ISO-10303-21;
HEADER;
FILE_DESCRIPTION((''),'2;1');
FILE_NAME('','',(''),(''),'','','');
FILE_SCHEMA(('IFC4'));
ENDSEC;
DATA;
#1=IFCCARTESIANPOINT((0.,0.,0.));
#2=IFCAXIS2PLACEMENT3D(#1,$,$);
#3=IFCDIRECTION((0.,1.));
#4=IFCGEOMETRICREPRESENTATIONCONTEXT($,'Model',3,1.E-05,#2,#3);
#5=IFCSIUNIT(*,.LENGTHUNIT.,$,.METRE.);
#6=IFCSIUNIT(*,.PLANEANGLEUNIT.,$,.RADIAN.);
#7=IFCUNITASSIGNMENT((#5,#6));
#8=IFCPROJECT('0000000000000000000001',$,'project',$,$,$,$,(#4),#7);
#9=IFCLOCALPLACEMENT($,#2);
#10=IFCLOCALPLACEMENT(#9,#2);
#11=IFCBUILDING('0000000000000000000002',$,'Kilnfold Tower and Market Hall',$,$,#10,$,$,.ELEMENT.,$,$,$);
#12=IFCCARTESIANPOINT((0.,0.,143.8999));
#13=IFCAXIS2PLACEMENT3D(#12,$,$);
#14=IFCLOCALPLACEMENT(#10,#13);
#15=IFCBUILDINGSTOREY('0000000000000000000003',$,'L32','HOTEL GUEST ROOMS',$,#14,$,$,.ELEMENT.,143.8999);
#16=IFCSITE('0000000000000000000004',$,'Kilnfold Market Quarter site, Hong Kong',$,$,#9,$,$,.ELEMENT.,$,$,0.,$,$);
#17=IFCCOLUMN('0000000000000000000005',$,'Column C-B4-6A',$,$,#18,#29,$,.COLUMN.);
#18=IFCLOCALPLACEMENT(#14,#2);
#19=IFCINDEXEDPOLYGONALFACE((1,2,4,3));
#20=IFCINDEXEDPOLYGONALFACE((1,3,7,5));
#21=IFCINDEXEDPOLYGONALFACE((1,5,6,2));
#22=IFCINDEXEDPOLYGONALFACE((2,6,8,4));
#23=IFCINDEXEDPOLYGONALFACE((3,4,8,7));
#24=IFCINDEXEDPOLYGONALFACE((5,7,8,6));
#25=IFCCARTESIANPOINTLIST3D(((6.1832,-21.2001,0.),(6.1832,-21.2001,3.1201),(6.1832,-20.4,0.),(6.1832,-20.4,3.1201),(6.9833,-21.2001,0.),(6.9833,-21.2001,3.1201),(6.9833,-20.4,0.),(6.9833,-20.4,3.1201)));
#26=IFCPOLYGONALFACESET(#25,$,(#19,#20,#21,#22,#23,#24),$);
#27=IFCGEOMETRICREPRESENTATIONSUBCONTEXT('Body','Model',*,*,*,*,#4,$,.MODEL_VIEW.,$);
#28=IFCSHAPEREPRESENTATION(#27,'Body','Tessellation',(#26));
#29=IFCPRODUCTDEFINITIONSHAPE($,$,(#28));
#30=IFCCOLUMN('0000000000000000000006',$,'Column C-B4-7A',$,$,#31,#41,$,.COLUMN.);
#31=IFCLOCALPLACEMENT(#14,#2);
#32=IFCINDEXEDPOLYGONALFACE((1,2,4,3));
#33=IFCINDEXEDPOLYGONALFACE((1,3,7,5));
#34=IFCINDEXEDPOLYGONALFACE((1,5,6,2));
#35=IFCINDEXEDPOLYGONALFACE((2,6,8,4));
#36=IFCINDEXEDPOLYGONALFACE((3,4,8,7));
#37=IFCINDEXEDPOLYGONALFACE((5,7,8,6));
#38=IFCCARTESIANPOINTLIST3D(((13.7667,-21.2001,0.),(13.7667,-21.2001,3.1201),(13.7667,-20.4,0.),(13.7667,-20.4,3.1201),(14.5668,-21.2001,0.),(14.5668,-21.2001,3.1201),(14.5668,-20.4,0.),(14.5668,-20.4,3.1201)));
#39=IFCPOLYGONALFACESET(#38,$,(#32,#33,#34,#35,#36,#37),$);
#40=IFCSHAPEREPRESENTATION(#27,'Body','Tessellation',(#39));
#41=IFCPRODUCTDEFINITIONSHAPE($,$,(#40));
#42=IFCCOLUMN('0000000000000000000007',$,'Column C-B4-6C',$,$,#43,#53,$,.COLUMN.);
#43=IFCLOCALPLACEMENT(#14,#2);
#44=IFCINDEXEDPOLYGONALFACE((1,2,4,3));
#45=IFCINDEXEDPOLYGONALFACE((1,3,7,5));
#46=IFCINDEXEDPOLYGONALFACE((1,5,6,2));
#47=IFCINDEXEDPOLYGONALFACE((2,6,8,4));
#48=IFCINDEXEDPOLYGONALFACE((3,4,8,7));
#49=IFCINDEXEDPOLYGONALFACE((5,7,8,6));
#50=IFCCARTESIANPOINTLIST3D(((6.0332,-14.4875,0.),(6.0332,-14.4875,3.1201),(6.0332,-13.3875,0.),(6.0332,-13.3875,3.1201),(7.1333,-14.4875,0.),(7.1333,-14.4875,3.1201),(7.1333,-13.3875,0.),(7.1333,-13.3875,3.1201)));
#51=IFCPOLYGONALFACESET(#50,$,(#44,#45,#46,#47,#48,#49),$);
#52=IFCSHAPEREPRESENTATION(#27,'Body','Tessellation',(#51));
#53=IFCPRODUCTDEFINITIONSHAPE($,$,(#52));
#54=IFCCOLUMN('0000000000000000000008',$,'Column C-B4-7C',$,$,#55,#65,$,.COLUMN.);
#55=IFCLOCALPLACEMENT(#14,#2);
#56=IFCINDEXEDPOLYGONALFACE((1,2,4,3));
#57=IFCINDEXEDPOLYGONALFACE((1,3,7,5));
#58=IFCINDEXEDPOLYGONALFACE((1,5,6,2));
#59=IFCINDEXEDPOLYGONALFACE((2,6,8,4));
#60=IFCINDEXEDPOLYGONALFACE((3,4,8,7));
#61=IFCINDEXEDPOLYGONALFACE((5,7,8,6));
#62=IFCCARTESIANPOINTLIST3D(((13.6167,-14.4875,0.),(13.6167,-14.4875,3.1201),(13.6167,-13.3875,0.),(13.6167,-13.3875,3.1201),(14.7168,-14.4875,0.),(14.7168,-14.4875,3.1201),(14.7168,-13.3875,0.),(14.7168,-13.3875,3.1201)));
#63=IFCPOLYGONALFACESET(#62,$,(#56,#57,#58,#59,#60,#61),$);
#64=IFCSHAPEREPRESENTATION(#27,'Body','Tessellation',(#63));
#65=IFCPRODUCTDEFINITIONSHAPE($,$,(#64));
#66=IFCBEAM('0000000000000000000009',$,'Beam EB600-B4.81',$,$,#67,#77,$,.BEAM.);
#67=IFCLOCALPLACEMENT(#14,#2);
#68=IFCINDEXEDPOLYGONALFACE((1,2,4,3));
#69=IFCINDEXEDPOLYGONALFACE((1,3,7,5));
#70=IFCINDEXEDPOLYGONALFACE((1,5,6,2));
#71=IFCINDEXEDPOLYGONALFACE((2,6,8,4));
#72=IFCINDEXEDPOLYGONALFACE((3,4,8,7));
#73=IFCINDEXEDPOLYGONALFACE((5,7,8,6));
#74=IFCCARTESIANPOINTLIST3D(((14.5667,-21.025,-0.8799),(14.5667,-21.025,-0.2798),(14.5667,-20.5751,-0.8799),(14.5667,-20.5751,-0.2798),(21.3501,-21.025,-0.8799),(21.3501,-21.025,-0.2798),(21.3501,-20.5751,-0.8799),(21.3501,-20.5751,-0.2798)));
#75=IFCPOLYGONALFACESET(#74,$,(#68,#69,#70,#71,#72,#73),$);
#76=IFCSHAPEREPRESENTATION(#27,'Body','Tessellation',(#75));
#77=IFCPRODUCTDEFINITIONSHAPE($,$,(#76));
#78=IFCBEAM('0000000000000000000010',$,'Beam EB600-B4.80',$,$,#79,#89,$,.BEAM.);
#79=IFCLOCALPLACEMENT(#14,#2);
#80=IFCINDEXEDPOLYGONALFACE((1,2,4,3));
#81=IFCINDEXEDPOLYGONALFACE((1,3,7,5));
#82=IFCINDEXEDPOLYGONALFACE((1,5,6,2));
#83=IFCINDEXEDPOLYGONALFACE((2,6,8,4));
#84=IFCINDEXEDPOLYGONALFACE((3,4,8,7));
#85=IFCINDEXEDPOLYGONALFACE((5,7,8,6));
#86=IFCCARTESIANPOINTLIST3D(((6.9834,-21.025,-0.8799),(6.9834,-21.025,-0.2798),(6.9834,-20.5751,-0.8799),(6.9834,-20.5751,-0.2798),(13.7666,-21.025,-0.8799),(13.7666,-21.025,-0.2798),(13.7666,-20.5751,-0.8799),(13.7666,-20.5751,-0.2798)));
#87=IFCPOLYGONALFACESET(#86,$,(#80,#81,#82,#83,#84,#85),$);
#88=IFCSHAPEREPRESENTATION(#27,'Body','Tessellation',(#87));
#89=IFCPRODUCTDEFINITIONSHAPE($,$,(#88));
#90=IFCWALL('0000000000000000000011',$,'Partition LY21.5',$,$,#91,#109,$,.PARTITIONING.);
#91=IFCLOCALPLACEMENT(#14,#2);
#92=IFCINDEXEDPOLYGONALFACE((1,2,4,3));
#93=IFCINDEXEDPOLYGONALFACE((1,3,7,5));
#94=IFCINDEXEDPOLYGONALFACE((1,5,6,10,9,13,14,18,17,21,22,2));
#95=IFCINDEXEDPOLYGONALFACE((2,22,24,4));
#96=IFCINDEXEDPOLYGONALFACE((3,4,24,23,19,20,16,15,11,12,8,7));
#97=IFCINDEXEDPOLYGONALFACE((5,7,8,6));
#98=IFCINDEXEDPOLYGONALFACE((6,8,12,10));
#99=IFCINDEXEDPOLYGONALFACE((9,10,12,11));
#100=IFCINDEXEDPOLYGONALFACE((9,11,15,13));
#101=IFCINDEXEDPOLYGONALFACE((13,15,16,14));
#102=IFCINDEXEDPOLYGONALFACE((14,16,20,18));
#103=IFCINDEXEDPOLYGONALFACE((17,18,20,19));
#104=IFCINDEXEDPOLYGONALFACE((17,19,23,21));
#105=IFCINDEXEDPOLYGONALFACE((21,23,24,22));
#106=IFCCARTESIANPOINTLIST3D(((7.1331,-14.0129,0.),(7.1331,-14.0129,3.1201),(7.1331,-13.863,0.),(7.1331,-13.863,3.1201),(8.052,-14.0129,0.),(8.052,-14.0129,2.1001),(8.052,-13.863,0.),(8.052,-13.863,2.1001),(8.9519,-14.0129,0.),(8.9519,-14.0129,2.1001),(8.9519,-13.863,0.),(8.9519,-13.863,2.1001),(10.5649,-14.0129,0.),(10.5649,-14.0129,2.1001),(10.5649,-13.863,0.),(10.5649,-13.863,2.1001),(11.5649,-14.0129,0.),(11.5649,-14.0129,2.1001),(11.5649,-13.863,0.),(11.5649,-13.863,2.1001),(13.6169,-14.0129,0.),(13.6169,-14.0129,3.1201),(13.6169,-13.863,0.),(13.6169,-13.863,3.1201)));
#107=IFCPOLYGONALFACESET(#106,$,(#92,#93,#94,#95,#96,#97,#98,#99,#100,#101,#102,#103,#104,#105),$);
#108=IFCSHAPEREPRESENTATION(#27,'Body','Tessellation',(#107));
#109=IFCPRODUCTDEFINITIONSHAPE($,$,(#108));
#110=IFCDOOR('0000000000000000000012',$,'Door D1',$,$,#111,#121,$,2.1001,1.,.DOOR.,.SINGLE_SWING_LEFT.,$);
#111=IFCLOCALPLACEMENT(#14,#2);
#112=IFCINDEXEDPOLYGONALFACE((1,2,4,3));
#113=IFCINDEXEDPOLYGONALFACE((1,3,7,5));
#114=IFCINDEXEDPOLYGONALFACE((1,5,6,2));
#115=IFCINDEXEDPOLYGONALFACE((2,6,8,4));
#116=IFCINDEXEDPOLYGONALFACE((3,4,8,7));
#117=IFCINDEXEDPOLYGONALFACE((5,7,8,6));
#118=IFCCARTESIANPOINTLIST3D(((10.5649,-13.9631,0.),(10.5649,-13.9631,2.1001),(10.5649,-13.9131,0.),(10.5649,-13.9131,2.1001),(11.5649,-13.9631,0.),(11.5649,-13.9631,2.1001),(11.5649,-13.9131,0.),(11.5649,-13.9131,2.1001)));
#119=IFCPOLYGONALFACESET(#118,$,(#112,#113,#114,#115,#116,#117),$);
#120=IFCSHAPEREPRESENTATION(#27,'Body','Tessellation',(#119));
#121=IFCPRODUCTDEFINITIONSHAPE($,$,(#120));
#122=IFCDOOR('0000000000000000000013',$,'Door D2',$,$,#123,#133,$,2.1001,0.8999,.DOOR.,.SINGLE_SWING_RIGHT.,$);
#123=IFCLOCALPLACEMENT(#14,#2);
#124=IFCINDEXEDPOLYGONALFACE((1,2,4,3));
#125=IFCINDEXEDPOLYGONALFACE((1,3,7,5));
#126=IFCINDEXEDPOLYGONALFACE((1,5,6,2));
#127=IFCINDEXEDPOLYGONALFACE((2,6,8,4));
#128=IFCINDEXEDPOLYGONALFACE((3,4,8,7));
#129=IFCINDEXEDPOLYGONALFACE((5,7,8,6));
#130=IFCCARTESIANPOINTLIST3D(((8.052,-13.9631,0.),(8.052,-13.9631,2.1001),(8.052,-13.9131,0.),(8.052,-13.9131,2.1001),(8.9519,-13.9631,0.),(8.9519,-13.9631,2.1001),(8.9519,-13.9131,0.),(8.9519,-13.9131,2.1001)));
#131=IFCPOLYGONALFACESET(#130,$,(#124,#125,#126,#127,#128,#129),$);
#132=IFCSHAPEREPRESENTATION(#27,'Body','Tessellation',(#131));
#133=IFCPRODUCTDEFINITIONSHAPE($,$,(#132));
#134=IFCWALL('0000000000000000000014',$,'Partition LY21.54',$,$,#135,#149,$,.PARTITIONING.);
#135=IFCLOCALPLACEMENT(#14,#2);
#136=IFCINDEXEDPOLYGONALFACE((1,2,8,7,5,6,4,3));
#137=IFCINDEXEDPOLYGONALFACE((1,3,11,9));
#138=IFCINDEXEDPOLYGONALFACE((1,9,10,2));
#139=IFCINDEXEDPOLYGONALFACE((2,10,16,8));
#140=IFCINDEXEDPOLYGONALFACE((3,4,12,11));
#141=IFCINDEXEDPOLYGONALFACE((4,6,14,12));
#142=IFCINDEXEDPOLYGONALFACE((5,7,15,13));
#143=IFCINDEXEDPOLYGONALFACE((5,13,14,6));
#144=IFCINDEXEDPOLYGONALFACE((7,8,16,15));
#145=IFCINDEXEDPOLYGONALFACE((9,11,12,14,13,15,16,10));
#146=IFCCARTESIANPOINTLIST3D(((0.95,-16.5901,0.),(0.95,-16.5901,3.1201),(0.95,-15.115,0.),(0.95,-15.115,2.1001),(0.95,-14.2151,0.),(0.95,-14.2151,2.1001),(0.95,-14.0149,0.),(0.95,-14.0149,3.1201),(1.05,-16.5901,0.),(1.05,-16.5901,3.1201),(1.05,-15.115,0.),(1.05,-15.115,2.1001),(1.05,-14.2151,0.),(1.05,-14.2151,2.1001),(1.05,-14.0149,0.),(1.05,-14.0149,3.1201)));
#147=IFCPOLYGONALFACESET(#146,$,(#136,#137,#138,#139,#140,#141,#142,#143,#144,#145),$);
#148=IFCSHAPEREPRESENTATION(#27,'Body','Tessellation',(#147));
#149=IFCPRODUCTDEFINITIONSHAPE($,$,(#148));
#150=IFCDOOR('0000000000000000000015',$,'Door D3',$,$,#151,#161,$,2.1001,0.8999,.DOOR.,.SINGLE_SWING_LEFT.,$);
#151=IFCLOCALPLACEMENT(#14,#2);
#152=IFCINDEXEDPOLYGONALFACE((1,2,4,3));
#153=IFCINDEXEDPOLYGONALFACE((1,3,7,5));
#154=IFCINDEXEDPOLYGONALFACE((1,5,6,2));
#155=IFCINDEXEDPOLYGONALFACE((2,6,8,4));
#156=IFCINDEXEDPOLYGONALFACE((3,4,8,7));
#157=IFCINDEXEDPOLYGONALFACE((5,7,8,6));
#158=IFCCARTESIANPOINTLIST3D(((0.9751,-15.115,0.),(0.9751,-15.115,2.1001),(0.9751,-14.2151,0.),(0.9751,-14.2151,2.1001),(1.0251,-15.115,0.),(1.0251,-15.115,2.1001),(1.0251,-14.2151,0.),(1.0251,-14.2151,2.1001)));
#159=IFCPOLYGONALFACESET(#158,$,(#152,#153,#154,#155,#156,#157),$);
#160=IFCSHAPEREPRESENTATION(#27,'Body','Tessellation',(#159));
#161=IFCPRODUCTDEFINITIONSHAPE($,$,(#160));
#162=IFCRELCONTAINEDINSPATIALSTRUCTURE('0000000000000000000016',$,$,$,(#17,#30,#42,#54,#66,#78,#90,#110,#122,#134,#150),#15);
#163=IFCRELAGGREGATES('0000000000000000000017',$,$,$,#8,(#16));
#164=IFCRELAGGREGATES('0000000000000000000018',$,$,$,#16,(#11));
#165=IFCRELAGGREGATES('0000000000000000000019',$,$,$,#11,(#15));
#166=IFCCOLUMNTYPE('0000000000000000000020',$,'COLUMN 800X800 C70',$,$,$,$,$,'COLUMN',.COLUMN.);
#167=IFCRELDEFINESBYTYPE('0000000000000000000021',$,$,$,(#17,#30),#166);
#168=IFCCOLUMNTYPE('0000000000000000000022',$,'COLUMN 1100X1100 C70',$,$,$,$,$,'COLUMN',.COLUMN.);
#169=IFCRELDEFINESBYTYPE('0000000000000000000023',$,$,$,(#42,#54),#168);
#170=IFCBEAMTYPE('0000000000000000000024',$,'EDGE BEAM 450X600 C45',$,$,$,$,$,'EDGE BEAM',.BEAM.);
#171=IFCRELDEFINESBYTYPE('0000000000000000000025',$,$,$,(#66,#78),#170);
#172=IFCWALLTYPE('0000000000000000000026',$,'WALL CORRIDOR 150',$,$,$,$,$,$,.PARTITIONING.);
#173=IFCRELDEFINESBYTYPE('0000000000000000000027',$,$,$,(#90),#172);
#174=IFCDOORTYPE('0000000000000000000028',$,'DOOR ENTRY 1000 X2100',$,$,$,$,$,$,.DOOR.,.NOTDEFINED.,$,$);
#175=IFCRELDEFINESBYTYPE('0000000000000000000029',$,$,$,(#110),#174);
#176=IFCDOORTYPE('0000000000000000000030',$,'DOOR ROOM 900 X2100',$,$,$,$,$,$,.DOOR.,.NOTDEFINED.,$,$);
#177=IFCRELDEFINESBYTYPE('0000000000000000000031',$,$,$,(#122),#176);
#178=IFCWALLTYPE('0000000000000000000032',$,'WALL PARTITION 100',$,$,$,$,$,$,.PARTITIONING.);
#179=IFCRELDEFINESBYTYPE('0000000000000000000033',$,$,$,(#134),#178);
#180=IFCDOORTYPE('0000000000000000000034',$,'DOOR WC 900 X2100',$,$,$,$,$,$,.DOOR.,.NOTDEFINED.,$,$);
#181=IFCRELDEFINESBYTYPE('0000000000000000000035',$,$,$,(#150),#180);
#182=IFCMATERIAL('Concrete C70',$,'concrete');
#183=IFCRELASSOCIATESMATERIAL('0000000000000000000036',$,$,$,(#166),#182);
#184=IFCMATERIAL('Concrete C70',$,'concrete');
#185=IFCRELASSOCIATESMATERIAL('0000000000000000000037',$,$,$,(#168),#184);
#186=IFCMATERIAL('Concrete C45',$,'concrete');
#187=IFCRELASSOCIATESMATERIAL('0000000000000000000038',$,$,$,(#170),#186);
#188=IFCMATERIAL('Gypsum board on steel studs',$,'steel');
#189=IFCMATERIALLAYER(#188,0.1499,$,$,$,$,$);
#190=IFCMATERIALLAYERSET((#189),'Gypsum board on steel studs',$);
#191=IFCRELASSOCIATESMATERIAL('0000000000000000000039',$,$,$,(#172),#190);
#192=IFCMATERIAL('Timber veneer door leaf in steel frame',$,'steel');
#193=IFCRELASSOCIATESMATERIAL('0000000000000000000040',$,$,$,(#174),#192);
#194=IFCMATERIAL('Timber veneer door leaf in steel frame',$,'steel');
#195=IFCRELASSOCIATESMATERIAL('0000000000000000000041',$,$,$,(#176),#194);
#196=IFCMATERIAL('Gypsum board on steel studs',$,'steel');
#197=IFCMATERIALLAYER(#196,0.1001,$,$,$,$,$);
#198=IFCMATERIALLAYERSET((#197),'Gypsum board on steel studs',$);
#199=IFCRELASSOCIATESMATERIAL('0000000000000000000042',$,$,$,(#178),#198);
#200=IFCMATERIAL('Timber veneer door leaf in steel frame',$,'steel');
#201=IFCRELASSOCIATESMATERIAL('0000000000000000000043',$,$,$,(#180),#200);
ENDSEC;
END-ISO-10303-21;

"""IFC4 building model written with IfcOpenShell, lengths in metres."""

from ifc_helpers import new_model, si_unit, direction, frame, frame_2d, origin, origin_2d, place, context, subcontext, project, spatial, rectangle, extrude, source, transform, mapped, material, layer, layer_set, material_profile, profile_set, type_object, element, fill, save


model = new_model("IFC4")

# Units and contexts
model_context = context("Model", 3, precision=1e-05, world=origin(), true_north=direction((0.0, 1.0)))
body_context = subcontext(model_context, "Body", "Model", "MODEL_VIEW")
ifc_project = project(units=[si_unit("LENGTHUNIT", "METRE"), si_unit("PLANEANGLEUNIT", "RADIAN")], contexts=[model_context])

# Site, building, storey
site_placement = place(None, origin())
site = spatial("IfcSite", under=ifc_project, at=site_placement, Name="Kilnfold Market Quarter site, Hong Kong", CompositionType="ELEMENT", RefElevation=0.0)
building_placement = place(site_placement, origin())
building = spatial("IfcBuilding", under=site, at=building_placement, Name="Kilnfold Tower and Market Hall", CompositionType="ELEMENT")
storey_placement = place(building_placement, frame((0.0, 0.0, 143.8999)))
storey = spatial("IfcBuildingStorey", under=building, at=storey_placement, Name="L32", Description="HOTEL GUEST ROOMS", CompositionType="ELEMENT", Elevation=143.8999)

# Columns
ifc_material_1 = material(Name="Concrete C70", Category="concrete")
ifc_material_profile_1 = material_profile(ifc_material_1, rectangle(XDim=0.8, YDim=0.8, at=origin_2d()), Name="RC 800x800")
ifc_profile_set_1 = profile_set([ifc_material_profile_1], Name="Concrete C70")
column_type_1 = type_object("IfcColumnType", Name="COLUMN 800X800 C70", ElementType="COLUMN", PredefinedType="COLUMN", material=ifc_profile_set_1)
shared_shape_1 = source(origin(), body_context, "Body", "SweptSolid", [
    extrude(rectangle(XDim=0.8, YDim=0.8, at=origin_2d()), origin(), (0.0, 0.0, 1.0), 3.1201),
])
for number, where, z_axis, x_axis, name in (
    (1, (6.5833, -20.8, 0.0), (0.0, 0.0, 1.0), (1.0, 0.0, 0.0), "Column C-B4-6A"),
    (2, (14.1667, -20.8, 0.0), (0.0, 0.0, 1.0), (1.0, 0.0, 0.0), "Column C-B4-7A"),
):
    element("IfcColumn", number, at=place(storey_placement, frame(where, z_axis=z_axis, x_axis=x_axis)), inside=storey, type_object=column_type_1, Name=name, PredefinedType="COLUMN", context=body_context, shape_type="MappedRepresentation", body=[
        mapped(shared_shape_1, transform((0.0, 0.0, 0.0))),
    ])
ifc_material_2 = material(Name="Concrete C70", Category="concrete")
ifc_material_profile_2 = material_profile(ifc_material_2, rectangle(XDim=1.1001, YDim=1.1001, at=origin_2d()), Name="RC 1100x1100")
ifc_profile_set_2 = profile_set([ifc_material_profile_2], Name="Concrete C70")
column_type_2 = type_object("IfcColumnType", Name="COLUMN 1100X1100 C70", ElementType="COLUMN", PredefinedType="COLUMN", material=ifc_profile_set_2)
shared_shape_2 = source(origin(), body_context, "Body", "SweptSolid", [
    extrude(rectangle(XDim=1.1001, YDim=1.1001, at=origin_2d()), origin(), (0.0, 0.0, 1.0), 3.1201),
])
for number, where, z_axis, x_axis, name in (
    (3, (6.5833, -13.9375, 0.0), (0.0, 0.0, 1.0), (1.0, 0.0, 0.0), "Column C-B4-6C"),
    (4, (14.1667, -13.9375, 0.0), (0.0, 0.0, 1.0), (1.0, 0.0, 0.0), "Column C-B4-7C"),
):
    element("IfcColumn", number, at=place(storey_placement, frame(where, z_axis=z_axis, x_axis=x_axis)), inside=storey, type_object=column_type_2, Name=name, PredefinedType="COLUMN", context=body_context, shape_type="MappedRepresentation", body=[
        mapped(shared_shape_2, transform((0.0, 0.0, 0.0))),
    ])

# Beams
ifc_material_3 = material(Name="Concrete C45", Category="concrete")
ifc_material_profile_3 = material_profile(ifc_material_3, rectangle(XDim=0.45, YDim=0.6001, at=origin_2d()), Name="RC 450x600")
ifc_profile_set_3 = profile_set([ifc_material_profile_3], Name="Concrete C45")
beam_type = type_object("IfcBeamType", Name="EDGE BEAM 450X600 C45", ElementType="EDGE BEAM", PredefinedType="BEAM", material=ifc_profile_set_3)
shared_shape_3 = source(origin(), body_context, "Body", "SweptSolid", [
    extrude(rectangle(XDim=0.45, YDim=0.6001, at=origin_2d()), origin(), (0.0, 0.0, 1.0), 6.7834),
])
beam_1_placement = place(storey_placement, frame((14.5667, -20.8, -0.5798), z_axis=(1.0, 0.0, 0.0), x_axis=(0.0, 1.0, 0.0)))
element("IfcBeam", 5, at=beam_1_placement, inside=storey, type_object=beam_type, Name="Beam EB600-B4.81", PredefinedType="BEAM", context=body_context, shape_type="MappedRepresentation", body=[
    mapped(shared_shape_3, transform((0.0, 0.0, 0.0))),
])
shared_shape_4 = source(origin(), body_context, "Body", "SweptSolid", [
    extrude(rectangle(XDim=0.45, YDim=0.6001, at=origin_2d()), origin(), (0.0, 0.0, 1.0), 6.7832),
])
beam_2_placement = place(storey_placement, frame((6.9834, -20.8, -0.5798), z_axis=(1.0, 0.0, 0.0), x_axis=(0.0, 1.0, 0.0)))
element("IfcBeam", 6, at=beam_2_placement, inside=storey, type_object=beam_type, Name="Beam EB600-B4.80", PredefinedType="BEAM", context=body_context, shape_type="MappedRepresentation", body=[
    mapped(shared_shape_4, transform((0.0, 0.0, 0.0))),
])

# Wall, openings, doors
ifc_material_4 = material(Name="Gypsum board on steel studs", Category="steel")
ifc_layer_1 = layer(ifc_material_4, 0.1499)
ifc_layer_set_1 = layer_set([ifc_layer_1], Name="Gypsum board on steel studs")
wall_type_1 = type_object("IfcWallType", Name="WALL CORRIDOR 150", PredefinedType="PARTITIONING", material=ifc_layer_set_1)
wall_1_placement = place(storey_placement, frame((7.1331, -13.938, 0.0), z_axis=(0.0, 0.0, 1.0), x_axis=(1.0, 0.0, 0.0)))
wall_1 = element("IfcWall", 7, at=wall_1_placement, inside=storey, type_object=wall_type_1, Name="Partition LY21.5", PredefinedType="PARTITIONING", context=body_context, shape_type="SweptSolid", body=[
    extrude(rectangle(XDim=6.4839, YDim=0.1499, at=frame_2d((3.2419, 0.0))), origin(), (0.0, 0.0, 1.0), 3.1201),
])
opening_1_placement = place(wall_1_placement, frame((0.9189, 0.0, 0.0)))
opening_1 = element("IfcOpeningElement", 8, at=opening_1_placement, cuts=wall_1, PredefinedType="OPENING", context=body_context, shape_type="SweptSolid", body=[
    extrude(rectangle(XDim=0.8999, YDim=2.1001, at=frame_2d((0.45, 1.05))), frame((0.0, 0.085, 0.0), z_axis=(0.0, -1.0, 0.0), x_axis=(1.0, 0.0, 0.0)), (0.0, 0.0, 1.0), 0.1699),
])
opening_2_placement = place(wall_1_placement, frame((3.4319, 0.0, 0.0)))
opening_2 = element("IfcOpeningElement", 9, at=opening_2_placement, cuts=wall_1, PredefinedType="OPENING", context=body_context, shape_type="SweptSolid", body=[
    extrude(rectangle(XDim=1.0, YDim=2.1001, at=frame_2d((0.5, 1.05))), frame((0.0, 0.085, 0.0), z_axis=(0.0, -1.0, 0.0), x_axis=(1.0, 0.0, 0.0)), (0.0, 0.0, 1.0), 0.1699),
])
ifc_material_5 = material(Name="Timber veneer door leaf in steel frame", Category="steel")
door_type_1 = type_object("IfcDoorType", Name="DOOR ENTRY 1000 X2100", OperationType="NOTDEFINED", PredefinedType="DOOR", material=ifc_material_5)
door_1_placement = place(opening_2_placement, origin())
door_1 = element("IfcDoor", 10, at=door_1_placement, inside=storey, type_object=door_type_1, Name="Door D1", OperationType="SINGLE_SWING_LEFT", OverallHeight=2.1001, OverallWidth=1.0, PredefinedType="DOOR", context=body_context, shape_type="SweptSolid", body=[
    extrude(rectangle(XDim=1.0, YDim=2.1001, at=frame_2d((0.5, 1.05))), frame((0.0, 0.0249, 0.0), z_axis=(0.0, -1.0, 0.0), x_axis=(1.0, 0.0, 0.0)), (0.0, 0.0, 1.0), 0.05),
])
fill(opening_2, door_1)
ifc_material_6 = material(Name="Timber veneer door leaf in steel frame", Category="steel")
door_type_2 = type_object("IfcDoorType", Name="DOOR ROOM 900 X2100", OperationType="NOTDEFINED", PredefinedType="DOOR", material=ifc_material_6)
door_2_placement = place(opening_1_placement, origin())
door_2 = element("IfcDoor", 11, at=door_2_placement, inside=storey, type_object=door_type_2, Name="Door D2", OperationType="SINGLE_SWING_RIGHT", OverallHeight=2.1001, OverallWidth=0.8999, PredefinedType="DOOR", context=body_context, shape_type="SweptSolid", body=[
    extrude(rectangle(XDim=0.8999, YDim=2.1001, at=frame_2d((0.45, 1.05))), frame((0.0, 0.0249, 0.0), z_axis=(0.0, -1.0, 0.0), x_axis=(1.0, 0.0, 0.0)), (0.0, 0.0, 1.0), 0.05),
])
fill(opening_1, door_2)

# Wall, opening, door
ifc_material_7 = material(Name="Gypsum board on steel studs", Category="steel")
ifc_layer_2 = layer(ifc_material_7, 0.1001)
ifc_layer_set_2 = layer_set([ifc_layer_2], Name="Gypsum board on steel studs")
wall_type_2 = type_object("IfcWallType", Name="WALL PARTITION 100", PredefinedType="PARTITIONING", material=ifc_layer_set_2)
wall_2_placement = place(storey_placement, frame((1.0, -16.5901, 0.0), z_axis=(0.0, 0.0, 1.0), x_axis=(0.0, 1.0, 0.0)))
wall_2 = element("IfcWall", 12, at=wall_2_placement, inside=storey, type_object=wall_type_2, Name="Partition LY21.54", PredefinedType="PARTITIONING", context=body_context, shape_type="SweptSolid", body=[
    extrude(rectangle(XDim=2.5752, YDim=0.1001, at=frame_2d((1.2876, 0.0))), origin(), (0.0, 0.0, 1.0), 3.1201),
])
opening_3_placement = place(wall_2_placement, frame((1.4751, 0.0, 0.0)))
opening_3 = element("IfcOpeningElement", 13, at=opening_3_placement, cuts=wall_2, PredefinedType="OPENING", context=body_context, shape_type="SweptSolid", body=[
    extrude(rectangle(XDim=0.8999, YDim=2.1001, at=frame_2d((0.45, 1.05))), frame((0.0, 0.0601, 0.0), z_axis=(0.0, -1.0, 0.0), x_axis=(1.0, 0.0, 0.0)), (0.0, 0.0, 1.0), 0.1201),
])
ifc_material_8 = material(Name="Timber veneer door leaf in steel frame", Category="steel")
door_type_3 = type_object("IfcDoorType", Name="DOOR WC 900 X2100", OperationType="NOTDEFINED", PredefinedType="DOOR", material=ifc_material_8)
door_3_placement = place(opening_3_placement, origin())
door_3 = element("IfcDoor", 14, at=door_3_placement, inside=storey, type_object=door_type_3, Name="Door D3", OperationType="SINGLE_SWING_LEFT", OverallHeight=2.1001, OverallWidth=0.8999, PredefinedType="DOOR", context=body_context, shape_type="SweptSolid", body=[
    extrude(rectangle(XDim=0.8999, YDim=2.1001, at=frame_2d((0.45, 1.05))), frame((0.0, 0.0249, 0.0), z_axis=(0.0, -1.0, 0.0), x_axis=(1.0, 0.0, 0.0)), (0.0, 0.0, 1.0), 0.05),
])
fill(opening_3, door_3)

save(model, "model.ifc")
